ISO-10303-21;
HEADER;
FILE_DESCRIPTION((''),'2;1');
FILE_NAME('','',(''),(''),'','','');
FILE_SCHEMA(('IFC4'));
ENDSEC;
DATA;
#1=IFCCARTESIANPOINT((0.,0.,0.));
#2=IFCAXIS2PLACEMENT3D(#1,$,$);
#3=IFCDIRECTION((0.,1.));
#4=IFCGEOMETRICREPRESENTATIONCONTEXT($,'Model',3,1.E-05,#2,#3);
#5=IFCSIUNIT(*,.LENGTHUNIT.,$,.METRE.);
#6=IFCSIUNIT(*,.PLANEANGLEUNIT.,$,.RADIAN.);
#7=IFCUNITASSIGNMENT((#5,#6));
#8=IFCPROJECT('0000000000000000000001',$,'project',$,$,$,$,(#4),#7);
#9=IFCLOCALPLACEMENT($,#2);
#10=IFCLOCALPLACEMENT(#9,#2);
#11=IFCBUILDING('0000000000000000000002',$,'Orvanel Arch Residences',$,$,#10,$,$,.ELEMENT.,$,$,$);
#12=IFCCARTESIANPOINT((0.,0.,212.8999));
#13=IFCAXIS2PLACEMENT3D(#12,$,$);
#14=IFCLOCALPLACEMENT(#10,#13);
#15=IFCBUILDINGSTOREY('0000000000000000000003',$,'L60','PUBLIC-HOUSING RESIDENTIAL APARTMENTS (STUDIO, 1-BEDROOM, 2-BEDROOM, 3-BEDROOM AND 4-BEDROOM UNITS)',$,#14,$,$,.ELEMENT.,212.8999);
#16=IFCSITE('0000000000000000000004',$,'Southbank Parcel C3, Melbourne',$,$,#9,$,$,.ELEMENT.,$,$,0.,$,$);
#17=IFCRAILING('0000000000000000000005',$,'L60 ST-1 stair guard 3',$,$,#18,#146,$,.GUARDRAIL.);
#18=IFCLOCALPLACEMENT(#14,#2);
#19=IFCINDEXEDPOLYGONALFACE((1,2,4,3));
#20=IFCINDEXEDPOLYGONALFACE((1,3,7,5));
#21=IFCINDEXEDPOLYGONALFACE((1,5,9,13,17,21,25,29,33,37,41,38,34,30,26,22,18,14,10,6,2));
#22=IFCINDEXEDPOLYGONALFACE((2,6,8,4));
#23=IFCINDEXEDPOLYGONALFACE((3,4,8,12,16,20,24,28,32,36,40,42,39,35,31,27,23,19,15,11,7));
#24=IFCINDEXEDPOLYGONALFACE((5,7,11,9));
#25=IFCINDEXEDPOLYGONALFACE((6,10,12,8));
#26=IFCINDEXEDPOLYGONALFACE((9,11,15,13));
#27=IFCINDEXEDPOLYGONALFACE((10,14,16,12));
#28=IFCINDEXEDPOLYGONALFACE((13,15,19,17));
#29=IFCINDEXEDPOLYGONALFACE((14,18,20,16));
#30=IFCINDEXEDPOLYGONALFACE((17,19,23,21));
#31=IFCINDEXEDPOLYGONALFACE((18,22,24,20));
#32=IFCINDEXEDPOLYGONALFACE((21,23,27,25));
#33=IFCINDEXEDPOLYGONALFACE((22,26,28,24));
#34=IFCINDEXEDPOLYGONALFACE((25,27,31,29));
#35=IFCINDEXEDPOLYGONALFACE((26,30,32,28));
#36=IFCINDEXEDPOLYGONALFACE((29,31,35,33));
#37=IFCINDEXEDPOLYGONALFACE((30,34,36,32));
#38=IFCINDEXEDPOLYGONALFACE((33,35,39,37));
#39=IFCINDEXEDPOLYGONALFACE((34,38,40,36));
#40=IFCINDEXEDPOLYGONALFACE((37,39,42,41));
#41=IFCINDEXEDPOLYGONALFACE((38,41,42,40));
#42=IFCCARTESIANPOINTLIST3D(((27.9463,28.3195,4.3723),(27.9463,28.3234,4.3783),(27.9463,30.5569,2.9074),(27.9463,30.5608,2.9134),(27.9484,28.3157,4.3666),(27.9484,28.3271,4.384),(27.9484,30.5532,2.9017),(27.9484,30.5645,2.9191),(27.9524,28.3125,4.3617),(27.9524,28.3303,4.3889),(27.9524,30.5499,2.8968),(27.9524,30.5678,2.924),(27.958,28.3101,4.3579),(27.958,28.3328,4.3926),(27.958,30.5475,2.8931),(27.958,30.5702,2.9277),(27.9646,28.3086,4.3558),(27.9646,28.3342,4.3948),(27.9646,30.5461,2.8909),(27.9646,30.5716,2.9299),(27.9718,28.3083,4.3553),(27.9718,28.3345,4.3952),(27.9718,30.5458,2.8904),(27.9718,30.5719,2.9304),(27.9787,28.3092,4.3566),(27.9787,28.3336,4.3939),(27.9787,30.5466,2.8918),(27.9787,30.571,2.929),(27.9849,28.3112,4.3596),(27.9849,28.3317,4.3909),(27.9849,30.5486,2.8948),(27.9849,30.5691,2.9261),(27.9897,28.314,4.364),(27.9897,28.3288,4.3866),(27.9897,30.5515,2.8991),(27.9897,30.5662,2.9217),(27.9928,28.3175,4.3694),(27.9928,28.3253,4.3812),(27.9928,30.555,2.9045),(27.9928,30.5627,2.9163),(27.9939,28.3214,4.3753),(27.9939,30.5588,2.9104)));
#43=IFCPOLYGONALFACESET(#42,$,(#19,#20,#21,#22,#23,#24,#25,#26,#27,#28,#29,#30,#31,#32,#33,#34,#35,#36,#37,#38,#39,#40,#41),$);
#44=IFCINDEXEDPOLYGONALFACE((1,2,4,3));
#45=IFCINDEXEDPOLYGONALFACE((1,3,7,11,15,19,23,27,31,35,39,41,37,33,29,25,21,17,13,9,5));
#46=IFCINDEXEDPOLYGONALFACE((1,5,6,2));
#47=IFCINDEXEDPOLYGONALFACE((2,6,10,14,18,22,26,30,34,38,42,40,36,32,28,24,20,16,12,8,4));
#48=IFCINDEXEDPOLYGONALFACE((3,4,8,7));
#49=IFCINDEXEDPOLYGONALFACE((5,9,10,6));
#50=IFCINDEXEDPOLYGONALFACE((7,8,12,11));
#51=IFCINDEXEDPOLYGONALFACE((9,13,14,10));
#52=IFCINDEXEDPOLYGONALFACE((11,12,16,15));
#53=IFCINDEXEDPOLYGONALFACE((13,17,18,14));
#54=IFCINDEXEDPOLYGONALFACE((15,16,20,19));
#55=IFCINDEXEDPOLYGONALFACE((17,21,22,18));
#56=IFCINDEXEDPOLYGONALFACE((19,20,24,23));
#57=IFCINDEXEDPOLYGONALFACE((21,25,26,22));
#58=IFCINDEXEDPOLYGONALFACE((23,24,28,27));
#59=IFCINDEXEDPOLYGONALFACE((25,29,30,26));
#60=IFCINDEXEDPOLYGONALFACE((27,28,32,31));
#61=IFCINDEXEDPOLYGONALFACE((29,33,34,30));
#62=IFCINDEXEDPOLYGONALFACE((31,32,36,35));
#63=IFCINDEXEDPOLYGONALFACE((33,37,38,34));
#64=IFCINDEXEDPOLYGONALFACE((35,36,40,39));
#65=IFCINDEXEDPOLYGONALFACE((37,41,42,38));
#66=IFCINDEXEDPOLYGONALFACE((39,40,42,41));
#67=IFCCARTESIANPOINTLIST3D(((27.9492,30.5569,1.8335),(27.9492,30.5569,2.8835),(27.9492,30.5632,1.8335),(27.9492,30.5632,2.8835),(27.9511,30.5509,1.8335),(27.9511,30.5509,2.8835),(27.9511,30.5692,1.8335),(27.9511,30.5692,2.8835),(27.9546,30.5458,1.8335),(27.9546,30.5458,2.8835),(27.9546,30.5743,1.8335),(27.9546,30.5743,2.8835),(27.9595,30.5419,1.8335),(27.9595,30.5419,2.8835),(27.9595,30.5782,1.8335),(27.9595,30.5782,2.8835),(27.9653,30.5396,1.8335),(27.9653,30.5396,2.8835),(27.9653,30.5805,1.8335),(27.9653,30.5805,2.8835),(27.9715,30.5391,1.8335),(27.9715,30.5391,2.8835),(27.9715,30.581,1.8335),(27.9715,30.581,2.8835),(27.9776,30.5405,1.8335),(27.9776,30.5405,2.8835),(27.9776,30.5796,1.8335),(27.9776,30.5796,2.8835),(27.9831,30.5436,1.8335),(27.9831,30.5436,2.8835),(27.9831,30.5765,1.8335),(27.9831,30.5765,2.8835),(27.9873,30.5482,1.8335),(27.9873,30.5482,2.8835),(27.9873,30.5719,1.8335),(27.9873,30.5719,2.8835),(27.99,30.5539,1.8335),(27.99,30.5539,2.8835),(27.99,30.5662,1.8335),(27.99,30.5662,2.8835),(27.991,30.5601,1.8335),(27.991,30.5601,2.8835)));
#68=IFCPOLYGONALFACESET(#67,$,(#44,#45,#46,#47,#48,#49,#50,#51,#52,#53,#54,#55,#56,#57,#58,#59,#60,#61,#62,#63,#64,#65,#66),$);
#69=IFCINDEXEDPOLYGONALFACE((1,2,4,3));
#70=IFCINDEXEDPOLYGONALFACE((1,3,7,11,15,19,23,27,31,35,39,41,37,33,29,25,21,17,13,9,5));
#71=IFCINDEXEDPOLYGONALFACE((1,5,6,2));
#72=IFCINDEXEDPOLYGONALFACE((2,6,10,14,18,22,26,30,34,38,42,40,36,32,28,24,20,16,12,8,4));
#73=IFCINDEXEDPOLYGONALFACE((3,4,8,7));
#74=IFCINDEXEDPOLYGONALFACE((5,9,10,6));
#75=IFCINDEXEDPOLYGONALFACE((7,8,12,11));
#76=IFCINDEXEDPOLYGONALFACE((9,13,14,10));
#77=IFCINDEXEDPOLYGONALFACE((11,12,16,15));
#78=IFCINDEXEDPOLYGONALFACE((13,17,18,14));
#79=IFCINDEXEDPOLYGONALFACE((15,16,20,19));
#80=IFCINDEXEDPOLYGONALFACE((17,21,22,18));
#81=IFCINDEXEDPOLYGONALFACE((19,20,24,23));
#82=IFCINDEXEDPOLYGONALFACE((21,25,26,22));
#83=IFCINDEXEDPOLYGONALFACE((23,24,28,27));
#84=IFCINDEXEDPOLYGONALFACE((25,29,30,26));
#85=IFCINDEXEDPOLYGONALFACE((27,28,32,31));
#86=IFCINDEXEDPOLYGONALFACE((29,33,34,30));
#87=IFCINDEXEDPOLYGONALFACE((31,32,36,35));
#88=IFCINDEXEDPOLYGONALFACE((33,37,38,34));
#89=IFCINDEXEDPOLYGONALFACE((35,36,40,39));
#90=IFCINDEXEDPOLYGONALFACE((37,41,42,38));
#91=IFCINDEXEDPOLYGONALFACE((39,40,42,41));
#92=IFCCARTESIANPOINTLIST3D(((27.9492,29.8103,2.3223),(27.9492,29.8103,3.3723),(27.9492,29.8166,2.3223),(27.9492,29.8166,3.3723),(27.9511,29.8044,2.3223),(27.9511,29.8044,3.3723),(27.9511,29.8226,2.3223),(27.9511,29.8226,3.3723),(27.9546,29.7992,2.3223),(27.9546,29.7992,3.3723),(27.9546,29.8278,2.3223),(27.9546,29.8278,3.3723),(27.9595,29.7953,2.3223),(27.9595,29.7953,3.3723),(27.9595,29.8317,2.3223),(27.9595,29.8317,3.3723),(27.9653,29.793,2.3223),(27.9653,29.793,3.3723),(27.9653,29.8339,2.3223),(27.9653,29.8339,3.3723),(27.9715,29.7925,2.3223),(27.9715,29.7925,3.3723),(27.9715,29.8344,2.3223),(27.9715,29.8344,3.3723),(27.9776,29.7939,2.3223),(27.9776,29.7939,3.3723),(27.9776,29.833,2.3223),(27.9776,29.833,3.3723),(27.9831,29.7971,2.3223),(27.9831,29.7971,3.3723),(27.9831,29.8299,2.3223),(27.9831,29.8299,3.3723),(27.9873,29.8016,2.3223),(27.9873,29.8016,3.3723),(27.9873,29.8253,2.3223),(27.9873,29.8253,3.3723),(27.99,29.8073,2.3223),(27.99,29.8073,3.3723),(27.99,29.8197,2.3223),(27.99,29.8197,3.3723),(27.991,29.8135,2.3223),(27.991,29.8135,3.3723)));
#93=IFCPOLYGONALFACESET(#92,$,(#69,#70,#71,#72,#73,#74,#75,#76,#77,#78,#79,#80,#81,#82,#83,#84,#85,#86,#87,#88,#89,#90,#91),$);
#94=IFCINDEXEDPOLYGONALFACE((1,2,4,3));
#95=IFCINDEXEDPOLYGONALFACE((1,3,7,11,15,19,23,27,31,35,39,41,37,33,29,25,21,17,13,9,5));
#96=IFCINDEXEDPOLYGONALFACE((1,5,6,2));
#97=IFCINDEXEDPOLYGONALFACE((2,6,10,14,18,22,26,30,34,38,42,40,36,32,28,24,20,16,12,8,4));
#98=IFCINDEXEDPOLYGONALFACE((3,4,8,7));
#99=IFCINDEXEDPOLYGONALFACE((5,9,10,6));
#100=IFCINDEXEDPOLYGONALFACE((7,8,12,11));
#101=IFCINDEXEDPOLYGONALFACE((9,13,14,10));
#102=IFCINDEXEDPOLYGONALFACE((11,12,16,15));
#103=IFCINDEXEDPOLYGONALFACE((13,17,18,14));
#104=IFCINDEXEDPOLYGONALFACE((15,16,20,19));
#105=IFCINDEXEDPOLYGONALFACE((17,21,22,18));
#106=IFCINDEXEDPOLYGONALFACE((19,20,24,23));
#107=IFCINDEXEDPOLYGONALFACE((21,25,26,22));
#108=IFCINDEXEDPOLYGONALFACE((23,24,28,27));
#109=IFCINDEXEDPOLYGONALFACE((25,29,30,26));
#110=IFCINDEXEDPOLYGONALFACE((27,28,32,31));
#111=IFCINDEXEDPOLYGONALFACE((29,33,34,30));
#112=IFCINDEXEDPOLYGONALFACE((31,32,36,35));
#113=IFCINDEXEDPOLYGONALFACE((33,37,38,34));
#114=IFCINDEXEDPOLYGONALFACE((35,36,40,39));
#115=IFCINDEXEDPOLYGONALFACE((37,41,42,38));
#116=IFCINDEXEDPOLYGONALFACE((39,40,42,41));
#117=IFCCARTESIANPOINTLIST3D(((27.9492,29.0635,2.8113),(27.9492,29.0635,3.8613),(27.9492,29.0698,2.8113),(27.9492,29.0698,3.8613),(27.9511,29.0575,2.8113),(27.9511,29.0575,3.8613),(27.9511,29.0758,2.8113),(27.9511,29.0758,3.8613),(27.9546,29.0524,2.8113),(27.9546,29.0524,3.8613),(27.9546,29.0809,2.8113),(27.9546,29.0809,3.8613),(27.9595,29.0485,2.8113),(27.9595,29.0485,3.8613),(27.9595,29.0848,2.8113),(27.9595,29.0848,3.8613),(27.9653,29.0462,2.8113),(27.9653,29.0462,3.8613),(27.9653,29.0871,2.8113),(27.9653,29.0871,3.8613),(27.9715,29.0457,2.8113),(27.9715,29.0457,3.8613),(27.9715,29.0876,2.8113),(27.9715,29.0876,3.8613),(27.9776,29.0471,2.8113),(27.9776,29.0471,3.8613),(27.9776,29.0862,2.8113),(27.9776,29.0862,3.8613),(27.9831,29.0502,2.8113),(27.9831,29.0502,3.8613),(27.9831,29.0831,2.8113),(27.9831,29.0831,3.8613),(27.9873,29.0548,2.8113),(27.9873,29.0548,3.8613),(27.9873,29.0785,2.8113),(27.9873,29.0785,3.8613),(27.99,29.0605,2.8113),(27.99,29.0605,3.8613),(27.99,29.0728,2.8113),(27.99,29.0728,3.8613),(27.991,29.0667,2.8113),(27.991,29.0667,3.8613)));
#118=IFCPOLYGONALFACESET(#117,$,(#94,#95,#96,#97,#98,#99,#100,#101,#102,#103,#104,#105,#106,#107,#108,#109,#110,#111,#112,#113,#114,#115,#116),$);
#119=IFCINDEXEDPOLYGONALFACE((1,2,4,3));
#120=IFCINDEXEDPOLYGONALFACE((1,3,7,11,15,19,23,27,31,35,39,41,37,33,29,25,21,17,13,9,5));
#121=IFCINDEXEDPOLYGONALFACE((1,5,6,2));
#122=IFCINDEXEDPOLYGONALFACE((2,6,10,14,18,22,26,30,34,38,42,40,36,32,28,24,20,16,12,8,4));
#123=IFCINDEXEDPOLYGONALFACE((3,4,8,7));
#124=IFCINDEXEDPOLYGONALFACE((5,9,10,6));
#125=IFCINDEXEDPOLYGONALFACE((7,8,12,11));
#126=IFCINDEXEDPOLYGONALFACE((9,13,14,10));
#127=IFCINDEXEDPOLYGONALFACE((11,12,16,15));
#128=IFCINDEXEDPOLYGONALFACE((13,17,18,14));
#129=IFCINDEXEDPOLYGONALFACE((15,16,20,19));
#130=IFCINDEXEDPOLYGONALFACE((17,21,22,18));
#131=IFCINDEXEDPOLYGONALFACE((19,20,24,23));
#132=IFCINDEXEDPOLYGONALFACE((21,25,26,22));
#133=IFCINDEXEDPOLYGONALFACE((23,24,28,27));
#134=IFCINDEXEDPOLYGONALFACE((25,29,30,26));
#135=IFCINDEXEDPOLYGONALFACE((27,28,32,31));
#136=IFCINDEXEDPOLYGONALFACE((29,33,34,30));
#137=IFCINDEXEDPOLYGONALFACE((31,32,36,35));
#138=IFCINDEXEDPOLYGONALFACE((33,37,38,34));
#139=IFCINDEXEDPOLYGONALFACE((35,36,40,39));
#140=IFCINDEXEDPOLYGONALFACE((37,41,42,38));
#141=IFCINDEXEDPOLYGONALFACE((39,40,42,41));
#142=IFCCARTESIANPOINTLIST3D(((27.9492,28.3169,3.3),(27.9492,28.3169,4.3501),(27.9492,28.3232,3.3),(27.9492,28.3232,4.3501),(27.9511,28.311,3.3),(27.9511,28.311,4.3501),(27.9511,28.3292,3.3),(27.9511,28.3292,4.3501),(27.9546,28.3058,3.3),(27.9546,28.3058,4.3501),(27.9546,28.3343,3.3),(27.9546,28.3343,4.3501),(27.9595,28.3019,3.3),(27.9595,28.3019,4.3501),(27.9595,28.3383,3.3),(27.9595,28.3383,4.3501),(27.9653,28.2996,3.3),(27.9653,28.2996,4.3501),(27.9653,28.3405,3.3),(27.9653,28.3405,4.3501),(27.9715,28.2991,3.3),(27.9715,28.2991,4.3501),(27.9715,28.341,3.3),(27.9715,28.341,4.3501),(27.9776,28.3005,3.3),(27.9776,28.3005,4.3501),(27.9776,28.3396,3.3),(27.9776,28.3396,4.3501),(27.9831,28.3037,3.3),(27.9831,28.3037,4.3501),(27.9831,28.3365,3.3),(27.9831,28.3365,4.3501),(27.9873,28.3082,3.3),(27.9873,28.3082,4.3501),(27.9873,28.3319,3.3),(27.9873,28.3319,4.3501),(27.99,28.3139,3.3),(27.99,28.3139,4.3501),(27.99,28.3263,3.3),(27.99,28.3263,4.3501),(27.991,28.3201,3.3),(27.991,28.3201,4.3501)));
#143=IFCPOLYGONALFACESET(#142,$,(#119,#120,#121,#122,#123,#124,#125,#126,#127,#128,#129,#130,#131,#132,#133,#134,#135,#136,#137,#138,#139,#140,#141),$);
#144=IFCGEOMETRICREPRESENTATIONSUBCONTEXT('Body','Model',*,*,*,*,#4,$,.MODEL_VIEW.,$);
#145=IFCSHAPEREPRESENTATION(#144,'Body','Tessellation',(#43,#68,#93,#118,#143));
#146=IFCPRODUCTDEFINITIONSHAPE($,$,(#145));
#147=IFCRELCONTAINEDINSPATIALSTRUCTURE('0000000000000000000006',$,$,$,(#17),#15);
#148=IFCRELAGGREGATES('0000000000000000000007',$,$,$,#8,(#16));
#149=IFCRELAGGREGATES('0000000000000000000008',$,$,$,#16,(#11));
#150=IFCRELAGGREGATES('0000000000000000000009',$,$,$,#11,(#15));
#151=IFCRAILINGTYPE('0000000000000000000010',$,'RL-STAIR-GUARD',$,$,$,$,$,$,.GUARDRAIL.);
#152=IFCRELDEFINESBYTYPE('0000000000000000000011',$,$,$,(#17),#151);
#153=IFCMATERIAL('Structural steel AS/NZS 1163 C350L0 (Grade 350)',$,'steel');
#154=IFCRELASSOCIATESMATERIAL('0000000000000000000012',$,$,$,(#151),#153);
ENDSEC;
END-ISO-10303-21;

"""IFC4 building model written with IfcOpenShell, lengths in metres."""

from ifc_helpers import new_model, si_unit, direction, frame, origin, origin_2d, place, context, subcontext, project, spatial, circle, extrude, material, type_object, element, save


model = new_model("IFC4")

# Units and contexts
model_context = context("Model", 3, precision=1e-05, world=origin(), true_north=direction((0.0, 1.0)))
body_context = subcontext(model_context, "Body", "Model", "MODEL_VIEW")
ifc_project = project(units=[si_unit("LENGTHUNIT", "METRE"), si_unit("PLANEANGLEUNIT", "RADIAN")], contexts=[model_context])

# Site, building, storey
site_placement = place(None, origin())
site = spatial("IfcSite", under=ifc_project, at=site_placement, Name="Southbank Parcel C3, Melbourne", CompositionType="ELEMENT", RefElevation=0.0)
building_placement = place(site_placement, origin())
building = spatial("IfcBuilding", under=site, at=building_placement, Name="Orvanel Arch Residences", CompositionType="ELEMENT")
storey_placement = place(building_placement, frame((0.0, 0.0, 212.8999)))
storey = spatial("IfcBuildingStorey", under=building, at=storey_placement, Name="L60", Description="PUBLIC-HOUSING RESIDENTIAL APARTMENTS (STUDIO, 1-BEDROOM, 2-BEDROOM, 3-BEDROOM AND 4-BEDROOM UNITS)", CompositionType="ELEMENT", Elevation=212.8999)

# Railing
ifc_material_1 = material(Name="Structural steel AS/NZS 1163 C350L0 (Grade 350)", Category="steel")
railing_type_1 = type_object("IfcRailingType", Name="RL-STAIR-GUARD", PredefinedType="GUARDRAIL", material=ifc_material_1)
railing_1_placement = place(storey_placement, frame((27.97, 30.5601, 1.8335)))
element("IfcRailing", 1, at=railing_1_placement, inside=storey, type_object=railing_type_1, Name="L60 ST-1 stair guard 3", PredefinedType="GUARDRAIL", context=body_context, shape_type="SweptSolid", body=[
    extrude(circle(Radius=0.0239, at=origin_2d()), frame((0.0, -0.0012, 1.0769), z_axis=(0.0, -0.836637, 0.547758), x_axis=(1.0, 0.0, 0.0)), (0.0, 0.0, 1.0), 2.6743),
    extrude(circle(Radius=0.021, at=origin_2d()), origin(), (0.0, 0.0, 1.0), 1.05),
    extrude(circle(Radius=0.021, at=origin_2d()), frame((0.0, -0.7466, 0.4888)), (0.0, 0.0, 1.0), 1.05),
    extrude(circle(Radius=0.021, at=origin_2d()), frame((0.0, -1.4934, 0.9778)), (0.0, 0.0, 1.0), 1.05),
    extrude(circle(Radius=0.021, at=origin_2d()), frame((0.0, -2.24, 1.4666)), (0.0, 0.0, 1.0), 1.05),
])

save(model, "model.ifc")
